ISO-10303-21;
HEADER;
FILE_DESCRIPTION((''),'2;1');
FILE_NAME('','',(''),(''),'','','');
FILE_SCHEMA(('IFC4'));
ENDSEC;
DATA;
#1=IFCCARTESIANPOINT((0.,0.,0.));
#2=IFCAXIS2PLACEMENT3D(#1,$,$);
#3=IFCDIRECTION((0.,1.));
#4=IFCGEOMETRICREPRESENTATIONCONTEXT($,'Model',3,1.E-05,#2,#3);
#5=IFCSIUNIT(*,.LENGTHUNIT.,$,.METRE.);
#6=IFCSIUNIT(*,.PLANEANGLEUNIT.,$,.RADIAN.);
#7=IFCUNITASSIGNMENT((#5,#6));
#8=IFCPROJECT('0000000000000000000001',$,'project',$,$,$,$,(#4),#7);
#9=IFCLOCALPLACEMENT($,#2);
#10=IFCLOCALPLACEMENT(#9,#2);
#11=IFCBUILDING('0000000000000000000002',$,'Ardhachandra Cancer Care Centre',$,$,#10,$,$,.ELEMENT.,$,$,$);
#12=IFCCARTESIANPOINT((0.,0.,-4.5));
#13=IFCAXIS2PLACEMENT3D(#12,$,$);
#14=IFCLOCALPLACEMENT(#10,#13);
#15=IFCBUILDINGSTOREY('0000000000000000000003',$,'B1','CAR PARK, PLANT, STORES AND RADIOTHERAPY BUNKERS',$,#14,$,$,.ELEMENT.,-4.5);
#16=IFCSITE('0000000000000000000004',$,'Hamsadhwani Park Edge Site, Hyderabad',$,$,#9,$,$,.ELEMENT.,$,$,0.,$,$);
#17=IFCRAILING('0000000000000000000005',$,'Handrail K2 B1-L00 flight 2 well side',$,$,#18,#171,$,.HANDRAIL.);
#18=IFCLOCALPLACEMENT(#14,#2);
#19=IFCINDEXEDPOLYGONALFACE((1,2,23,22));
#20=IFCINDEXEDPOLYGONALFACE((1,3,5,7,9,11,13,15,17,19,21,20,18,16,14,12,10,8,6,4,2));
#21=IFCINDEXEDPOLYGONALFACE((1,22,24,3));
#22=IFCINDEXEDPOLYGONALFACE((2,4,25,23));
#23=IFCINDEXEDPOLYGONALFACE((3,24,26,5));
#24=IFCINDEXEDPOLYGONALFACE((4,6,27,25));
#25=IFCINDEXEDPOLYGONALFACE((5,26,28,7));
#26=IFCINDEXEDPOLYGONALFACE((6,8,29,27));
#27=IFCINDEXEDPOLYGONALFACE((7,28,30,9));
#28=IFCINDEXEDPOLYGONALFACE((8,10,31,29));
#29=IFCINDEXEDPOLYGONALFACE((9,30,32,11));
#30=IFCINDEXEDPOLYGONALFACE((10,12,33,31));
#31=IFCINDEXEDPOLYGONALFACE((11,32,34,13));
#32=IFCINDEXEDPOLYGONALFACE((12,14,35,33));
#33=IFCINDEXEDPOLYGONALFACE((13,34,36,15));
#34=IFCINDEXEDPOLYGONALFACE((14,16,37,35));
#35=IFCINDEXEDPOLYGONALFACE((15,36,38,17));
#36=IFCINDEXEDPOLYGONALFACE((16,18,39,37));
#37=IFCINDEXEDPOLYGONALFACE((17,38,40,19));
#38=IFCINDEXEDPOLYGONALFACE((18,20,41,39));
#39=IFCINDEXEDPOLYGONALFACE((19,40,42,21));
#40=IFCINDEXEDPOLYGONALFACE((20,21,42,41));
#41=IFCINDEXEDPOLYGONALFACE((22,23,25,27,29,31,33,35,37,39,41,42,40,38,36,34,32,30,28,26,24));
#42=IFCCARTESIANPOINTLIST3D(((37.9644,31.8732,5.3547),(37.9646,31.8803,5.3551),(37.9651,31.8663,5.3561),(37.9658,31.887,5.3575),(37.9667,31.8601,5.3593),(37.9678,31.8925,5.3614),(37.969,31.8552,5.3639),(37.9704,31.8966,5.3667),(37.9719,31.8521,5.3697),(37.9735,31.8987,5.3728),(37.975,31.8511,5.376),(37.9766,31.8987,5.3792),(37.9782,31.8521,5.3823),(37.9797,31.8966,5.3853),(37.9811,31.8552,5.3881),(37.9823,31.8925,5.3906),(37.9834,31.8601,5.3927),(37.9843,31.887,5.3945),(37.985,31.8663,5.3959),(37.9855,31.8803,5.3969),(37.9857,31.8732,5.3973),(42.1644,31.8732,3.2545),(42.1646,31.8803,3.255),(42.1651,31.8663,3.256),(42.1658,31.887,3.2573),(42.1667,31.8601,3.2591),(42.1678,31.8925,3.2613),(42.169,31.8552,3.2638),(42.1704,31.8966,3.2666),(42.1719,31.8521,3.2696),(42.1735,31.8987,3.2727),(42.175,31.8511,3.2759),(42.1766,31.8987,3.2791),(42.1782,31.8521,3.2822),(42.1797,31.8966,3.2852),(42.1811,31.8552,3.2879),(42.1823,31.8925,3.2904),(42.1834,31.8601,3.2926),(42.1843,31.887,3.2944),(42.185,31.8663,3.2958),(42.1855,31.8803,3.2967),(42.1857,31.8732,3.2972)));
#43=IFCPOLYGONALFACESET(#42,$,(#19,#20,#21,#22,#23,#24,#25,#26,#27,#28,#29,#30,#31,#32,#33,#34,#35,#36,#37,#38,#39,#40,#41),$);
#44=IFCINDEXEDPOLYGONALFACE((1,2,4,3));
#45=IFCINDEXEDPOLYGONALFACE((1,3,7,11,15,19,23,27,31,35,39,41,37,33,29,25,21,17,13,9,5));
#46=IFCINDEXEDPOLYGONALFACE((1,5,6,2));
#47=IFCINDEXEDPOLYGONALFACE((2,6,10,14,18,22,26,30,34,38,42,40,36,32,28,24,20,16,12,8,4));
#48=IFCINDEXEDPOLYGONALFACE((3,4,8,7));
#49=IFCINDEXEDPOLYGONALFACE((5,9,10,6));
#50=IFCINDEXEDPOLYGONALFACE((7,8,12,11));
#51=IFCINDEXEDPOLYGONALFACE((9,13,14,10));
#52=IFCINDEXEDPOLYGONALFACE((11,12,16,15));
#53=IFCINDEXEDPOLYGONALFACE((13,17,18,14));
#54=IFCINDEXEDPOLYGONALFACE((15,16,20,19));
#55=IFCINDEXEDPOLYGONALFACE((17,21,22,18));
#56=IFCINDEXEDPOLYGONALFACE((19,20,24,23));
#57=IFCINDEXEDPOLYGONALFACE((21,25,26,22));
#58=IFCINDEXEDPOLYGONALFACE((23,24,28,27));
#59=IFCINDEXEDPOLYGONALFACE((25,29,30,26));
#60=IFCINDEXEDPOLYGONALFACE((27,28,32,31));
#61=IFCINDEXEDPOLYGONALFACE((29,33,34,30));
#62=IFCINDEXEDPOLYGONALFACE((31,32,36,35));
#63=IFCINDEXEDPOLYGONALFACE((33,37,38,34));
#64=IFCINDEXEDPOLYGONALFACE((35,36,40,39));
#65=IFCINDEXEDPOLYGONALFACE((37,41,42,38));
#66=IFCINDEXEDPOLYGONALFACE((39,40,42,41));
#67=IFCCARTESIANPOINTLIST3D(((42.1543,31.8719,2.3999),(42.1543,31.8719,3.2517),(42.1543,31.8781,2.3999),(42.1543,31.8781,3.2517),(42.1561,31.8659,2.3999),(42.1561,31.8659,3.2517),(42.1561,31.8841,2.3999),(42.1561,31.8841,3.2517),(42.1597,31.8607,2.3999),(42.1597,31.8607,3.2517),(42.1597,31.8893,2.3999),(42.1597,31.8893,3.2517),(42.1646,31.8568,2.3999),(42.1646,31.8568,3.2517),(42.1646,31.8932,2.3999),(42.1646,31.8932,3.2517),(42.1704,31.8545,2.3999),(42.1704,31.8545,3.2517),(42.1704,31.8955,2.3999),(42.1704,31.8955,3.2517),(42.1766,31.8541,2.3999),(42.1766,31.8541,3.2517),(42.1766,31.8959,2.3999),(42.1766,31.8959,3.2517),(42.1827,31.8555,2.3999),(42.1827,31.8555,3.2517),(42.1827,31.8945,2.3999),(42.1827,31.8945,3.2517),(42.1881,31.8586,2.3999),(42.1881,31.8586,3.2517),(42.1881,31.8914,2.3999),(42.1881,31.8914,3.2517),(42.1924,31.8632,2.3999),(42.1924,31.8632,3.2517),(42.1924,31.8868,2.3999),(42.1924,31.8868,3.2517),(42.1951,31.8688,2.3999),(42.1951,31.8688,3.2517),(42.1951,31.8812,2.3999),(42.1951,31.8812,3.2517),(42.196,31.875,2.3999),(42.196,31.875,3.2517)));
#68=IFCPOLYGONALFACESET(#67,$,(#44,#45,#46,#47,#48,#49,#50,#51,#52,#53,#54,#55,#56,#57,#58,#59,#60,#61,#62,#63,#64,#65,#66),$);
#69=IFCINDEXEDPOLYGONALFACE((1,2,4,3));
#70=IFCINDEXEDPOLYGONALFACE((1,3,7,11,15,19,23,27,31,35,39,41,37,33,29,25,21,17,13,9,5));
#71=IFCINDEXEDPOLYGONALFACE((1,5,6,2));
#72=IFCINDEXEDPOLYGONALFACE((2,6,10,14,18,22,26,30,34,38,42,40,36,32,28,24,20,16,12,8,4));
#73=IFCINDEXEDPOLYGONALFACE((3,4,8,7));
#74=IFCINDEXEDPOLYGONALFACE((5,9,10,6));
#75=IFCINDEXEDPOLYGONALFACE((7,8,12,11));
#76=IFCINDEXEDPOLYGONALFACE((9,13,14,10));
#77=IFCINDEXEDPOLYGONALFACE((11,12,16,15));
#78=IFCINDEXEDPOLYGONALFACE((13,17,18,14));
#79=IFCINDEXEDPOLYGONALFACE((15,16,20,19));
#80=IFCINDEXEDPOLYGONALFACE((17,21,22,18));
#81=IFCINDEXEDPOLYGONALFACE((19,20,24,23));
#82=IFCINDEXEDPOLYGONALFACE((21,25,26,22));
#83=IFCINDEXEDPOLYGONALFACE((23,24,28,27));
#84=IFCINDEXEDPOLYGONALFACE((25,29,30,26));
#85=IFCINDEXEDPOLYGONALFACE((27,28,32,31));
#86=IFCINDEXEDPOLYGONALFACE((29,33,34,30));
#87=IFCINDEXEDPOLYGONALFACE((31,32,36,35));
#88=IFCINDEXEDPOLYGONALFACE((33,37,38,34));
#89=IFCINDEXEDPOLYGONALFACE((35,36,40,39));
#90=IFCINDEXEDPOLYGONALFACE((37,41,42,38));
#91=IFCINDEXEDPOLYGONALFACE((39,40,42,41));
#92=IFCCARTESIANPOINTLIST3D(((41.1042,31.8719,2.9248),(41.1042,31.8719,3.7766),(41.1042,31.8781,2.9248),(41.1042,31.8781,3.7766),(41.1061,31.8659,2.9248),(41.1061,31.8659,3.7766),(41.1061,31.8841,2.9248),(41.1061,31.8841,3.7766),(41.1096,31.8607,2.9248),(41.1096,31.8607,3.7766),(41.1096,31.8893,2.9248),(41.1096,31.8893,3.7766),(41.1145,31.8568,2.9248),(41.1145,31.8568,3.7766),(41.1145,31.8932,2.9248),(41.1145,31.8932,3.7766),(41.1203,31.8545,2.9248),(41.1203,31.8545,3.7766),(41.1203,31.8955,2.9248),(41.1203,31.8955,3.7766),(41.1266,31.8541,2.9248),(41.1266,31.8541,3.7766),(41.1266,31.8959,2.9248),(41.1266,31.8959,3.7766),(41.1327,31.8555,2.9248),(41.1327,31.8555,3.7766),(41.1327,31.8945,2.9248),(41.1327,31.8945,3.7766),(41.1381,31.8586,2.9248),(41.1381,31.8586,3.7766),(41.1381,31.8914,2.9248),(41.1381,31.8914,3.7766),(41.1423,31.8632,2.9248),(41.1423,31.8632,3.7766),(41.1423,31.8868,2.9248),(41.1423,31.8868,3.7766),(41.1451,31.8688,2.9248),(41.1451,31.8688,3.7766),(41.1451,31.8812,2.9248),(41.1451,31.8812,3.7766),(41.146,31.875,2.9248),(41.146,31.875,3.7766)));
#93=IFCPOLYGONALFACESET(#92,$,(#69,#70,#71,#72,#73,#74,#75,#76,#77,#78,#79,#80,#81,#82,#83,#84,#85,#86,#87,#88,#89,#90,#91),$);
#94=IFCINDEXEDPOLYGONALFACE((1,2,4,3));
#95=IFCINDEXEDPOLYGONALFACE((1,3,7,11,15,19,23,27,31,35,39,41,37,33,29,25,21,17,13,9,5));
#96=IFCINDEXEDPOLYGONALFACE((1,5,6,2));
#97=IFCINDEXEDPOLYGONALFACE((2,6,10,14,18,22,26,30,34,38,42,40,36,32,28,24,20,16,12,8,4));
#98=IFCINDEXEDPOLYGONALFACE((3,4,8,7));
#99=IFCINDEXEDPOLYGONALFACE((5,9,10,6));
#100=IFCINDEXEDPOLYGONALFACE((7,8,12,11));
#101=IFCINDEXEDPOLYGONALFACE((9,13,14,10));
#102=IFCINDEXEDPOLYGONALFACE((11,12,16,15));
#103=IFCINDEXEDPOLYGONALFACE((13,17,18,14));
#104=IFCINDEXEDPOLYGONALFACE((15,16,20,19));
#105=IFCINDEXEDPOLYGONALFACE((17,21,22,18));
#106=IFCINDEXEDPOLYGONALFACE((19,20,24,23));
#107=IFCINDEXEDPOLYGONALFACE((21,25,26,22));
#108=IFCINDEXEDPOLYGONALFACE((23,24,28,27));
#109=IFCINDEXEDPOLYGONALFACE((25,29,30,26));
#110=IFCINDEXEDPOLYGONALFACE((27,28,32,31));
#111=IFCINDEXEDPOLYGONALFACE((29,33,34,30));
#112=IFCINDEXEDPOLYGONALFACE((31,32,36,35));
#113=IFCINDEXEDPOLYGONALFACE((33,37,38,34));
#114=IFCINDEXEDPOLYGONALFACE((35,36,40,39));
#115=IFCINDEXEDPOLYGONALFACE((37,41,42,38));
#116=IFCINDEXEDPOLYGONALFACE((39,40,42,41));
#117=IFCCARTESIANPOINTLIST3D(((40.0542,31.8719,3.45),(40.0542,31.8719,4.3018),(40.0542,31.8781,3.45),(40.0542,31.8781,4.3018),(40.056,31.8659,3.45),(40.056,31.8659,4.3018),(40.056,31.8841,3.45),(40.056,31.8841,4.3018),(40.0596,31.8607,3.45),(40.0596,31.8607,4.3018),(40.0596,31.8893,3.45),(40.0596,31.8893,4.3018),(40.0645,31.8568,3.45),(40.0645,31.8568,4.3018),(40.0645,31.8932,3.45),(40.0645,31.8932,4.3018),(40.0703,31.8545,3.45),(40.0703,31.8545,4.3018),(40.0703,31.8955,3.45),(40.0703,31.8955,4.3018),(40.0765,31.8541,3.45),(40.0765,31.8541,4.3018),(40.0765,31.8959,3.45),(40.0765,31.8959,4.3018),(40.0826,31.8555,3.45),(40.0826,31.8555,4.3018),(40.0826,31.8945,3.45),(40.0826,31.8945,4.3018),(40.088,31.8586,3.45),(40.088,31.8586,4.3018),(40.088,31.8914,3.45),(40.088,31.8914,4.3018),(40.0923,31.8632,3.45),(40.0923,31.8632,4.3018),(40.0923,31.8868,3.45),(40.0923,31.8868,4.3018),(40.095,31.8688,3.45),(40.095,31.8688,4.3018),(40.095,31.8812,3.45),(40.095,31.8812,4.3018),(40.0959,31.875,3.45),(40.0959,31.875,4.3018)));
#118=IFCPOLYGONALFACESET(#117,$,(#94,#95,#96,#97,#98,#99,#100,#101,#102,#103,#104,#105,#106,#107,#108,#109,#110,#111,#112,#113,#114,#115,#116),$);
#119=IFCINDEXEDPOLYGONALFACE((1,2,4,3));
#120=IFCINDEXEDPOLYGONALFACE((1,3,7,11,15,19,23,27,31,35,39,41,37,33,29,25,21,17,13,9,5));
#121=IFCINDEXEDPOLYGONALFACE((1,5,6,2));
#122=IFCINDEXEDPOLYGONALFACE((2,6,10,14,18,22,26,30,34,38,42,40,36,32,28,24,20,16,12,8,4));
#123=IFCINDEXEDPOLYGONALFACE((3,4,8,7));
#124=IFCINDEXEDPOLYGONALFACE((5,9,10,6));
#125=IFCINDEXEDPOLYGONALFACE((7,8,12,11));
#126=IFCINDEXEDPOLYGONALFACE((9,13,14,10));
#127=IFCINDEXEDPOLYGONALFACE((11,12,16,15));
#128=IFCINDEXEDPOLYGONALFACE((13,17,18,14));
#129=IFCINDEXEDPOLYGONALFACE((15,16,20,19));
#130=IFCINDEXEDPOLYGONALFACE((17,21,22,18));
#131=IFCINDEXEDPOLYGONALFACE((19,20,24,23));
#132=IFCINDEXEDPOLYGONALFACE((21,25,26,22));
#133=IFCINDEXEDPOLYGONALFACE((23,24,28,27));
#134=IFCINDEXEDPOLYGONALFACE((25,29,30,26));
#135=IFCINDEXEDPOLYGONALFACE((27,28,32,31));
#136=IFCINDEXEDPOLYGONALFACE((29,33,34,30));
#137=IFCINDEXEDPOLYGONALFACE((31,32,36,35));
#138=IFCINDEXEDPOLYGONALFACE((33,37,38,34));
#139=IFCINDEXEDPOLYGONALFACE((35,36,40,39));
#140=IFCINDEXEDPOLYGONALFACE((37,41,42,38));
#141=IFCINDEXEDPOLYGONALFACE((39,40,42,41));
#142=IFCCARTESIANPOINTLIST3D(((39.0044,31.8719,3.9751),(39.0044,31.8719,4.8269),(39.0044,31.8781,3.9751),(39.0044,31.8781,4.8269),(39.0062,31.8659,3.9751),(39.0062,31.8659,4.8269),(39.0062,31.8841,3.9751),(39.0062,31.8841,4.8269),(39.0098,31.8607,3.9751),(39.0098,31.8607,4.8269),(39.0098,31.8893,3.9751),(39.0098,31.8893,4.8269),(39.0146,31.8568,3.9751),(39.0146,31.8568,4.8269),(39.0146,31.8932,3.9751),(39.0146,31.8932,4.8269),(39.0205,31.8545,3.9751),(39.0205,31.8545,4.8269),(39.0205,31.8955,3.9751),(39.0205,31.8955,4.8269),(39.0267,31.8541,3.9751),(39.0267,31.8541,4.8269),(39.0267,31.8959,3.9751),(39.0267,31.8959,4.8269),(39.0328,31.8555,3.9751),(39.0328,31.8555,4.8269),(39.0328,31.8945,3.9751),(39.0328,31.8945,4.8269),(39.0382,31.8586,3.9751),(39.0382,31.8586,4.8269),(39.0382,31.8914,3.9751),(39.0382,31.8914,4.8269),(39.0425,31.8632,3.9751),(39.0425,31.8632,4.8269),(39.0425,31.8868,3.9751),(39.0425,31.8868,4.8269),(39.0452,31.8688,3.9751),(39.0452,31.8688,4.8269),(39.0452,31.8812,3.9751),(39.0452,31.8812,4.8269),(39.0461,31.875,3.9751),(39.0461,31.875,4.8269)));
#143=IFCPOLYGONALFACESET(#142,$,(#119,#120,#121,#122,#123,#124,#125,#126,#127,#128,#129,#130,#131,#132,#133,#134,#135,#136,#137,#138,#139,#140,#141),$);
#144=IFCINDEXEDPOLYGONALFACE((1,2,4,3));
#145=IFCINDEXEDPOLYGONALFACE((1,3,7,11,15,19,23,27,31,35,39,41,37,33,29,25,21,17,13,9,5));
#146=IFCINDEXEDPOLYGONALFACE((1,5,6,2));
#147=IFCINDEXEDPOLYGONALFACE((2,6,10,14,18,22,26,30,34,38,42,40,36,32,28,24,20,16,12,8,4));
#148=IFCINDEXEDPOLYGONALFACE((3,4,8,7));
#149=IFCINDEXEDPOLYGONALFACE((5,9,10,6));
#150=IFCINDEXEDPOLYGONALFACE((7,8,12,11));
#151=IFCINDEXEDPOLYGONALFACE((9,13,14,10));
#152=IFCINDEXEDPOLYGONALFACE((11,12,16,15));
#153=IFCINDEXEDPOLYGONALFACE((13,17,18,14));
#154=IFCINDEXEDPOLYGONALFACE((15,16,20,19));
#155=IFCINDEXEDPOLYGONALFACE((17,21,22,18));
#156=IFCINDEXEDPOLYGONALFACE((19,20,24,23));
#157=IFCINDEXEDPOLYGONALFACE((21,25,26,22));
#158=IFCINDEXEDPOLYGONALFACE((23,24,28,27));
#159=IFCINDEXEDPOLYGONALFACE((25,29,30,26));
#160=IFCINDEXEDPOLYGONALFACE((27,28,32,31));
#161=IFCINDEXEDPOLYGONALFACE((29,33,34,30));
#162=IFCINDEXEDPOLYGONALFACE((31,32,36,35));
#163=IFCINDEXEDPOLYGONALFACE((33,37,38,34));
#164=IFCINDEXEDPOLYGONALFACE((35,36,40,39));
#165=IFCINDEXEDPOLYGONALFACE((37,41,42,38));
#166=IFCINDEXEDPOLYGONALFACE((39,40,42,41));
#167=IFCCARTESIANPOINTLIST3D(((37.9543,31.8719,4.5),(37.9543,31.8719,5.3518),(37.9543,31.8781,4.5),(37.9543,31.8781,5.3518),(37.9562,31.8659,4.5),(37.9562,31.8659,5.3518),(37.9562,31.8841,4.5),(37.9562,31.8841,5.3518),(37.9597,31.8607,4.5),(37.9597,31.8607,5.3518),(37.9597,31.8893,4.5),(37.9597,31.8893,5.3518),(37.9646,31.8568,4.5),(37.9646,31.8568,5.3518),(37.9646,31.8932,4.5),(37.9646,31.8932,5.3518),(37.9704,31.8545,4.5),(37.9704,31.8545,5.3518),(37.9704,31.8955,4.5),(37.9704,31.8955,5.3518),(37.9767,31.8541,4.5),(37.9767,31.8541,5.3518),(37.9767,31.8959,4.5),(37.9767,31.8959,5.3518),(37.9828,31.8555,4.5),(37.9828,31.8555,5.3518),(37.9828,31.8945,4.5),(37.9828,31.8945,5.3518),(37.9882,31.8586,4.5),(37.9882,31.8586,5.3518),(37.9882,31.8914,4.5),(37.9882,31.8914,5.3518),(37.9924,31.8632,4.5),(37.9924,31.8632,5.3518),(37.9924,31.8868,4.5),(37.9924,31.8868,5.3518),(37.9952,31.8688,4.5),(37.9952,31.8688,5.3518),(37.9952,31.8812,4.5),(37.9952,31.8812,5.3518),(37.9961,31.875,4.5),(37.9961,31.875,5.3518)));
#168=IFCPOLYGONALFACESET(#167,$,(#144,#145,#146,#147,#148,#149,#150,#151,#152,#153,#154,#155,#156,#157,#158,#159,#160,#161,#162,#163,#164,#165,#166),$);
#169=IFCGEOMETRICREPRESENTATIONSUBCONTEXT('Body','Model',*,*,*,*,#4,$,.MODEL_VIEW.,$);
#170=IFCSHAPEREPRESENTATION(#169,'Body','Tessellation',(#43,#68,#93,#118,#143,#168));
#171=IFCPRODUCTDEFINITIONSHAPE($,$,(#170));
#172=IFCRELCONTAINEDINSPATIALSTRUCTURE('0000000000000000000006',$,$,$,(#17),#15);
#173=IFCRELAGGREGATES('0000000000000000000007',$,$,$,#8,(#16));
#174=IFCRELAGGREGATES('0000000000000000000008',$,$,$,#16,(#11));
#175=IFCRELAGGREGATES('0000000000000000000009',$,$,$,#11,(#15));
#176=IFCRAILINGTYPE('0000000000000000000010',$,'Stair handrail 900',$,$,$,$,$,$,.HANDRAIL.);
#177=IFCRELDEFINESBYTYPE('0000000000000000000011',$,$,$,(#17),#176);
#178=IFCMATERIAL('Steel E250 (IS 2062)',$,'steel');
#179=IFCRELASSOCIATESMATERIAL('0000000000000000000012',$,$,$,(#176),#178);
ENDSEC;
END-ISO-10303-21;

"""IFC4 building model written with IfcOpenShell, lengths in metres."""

from ifc_helpers import new_model, si_unit, direction, frame, origin, origin_2d, place, context, subcontext, project, spatial, circle, extrude, material, type_object, element, save


model = new_model("IFC4")

# Units and contexts
model_context = context("Model", 3, precision=1e-05, world=origin(), true_north=direction((0.0, 1.0)))
body_context = subcontext(model_context, "Body", "Model", "MODEL_VIEW")
ifc_project = project(units=[si_unit("LENGTHUNIT", "METRE"), si_unit("PLANEANGLEUNIT", "RADIAN")], contexts=[model_context])

# Site, building, storey
site_placement = place(None, origin())
site = spatial("IfcSite", under=ifc_project, at=site_placement, Name="Hamsadhwani Park Edge Site, Hyderabad", CompositionType="ELEMENT", RefElevation=0.0)
building_placement = place(site_placement, origin())
building = spatial("IfcBuilding", under=site, at=building_placement, Name="Ardhachandra Cancer Care Centre", CompositionType="ELEMENT")
storey_placement = place(building_placement, frame((0.0, 0.0, -4.5)))
storey = spatial("IfcBuildingStorey", under=building, at=storey_placement, Name="B1", Description="CAR PARK, PLANT, STORES AND RADIOTHERAPY BUNKERS", CompositionType="ELEMENT", Elevation=-4.5)

# Railing
ifc_material_1 = material(Name="Steel E250 (IS 2062)", Category="steel")
railing_type = type_object("IfcRailingType", Name="Stair handrail 900", PredefinedType="HANDRAIL", material=ifc_material_1)
for number, where, name in (
    (1, (42.175, 31.875, 2.3999), "Handrail K2 B1-L00 flight 2 well side"),
):
    element("IfcRailing", number, at=place(storey_placement, frame(where)), inside=storey, type_object=railing_type, Name=name, PredefinedType="HANDRAIL", context=body_context, shape_type="SweptSolid", body=[
        extrude(circle(Radius=0.0239, at=origin_2d()), frame((0.0, 0.0, 0.876), z_axis=(-0.894417, 0.0, 0.447234), x_axis=(0.0, -1.0, 0.0)), (0.0, 0.0, 1.0), 4.6958),
        extrude(circle(Radius=0.021, at=origin_2d()), origin(), (0.0, 0.0, 1.0), 0.8518),
        extrude(circle(Radius=0.021, at=origin_2d()), frame((-1.05, 0.0, 0.5249)), (0.0, 0.0, 1.0), 0.8518),
        extrude(circle(Radius=0.021, at=origin_2d()), frame((-2.1001, 0.0, 1.05)), (0.0, 0.0, 1.0), 0.8518),
        extrude(circle(Radius=0.021, at=origin_2d()), frame((-3.1499, 0.0, 1.5752)), (0.0, 0.0, 1.0), 0.8518),
        extrude(circle(Radius=0.021, at=origin_2d()), frame((-4.2, 0.0, 2.1001)), (0.0, 0.0, 1.0), 0.8518),
    ])

save(model, "model.ifc")
